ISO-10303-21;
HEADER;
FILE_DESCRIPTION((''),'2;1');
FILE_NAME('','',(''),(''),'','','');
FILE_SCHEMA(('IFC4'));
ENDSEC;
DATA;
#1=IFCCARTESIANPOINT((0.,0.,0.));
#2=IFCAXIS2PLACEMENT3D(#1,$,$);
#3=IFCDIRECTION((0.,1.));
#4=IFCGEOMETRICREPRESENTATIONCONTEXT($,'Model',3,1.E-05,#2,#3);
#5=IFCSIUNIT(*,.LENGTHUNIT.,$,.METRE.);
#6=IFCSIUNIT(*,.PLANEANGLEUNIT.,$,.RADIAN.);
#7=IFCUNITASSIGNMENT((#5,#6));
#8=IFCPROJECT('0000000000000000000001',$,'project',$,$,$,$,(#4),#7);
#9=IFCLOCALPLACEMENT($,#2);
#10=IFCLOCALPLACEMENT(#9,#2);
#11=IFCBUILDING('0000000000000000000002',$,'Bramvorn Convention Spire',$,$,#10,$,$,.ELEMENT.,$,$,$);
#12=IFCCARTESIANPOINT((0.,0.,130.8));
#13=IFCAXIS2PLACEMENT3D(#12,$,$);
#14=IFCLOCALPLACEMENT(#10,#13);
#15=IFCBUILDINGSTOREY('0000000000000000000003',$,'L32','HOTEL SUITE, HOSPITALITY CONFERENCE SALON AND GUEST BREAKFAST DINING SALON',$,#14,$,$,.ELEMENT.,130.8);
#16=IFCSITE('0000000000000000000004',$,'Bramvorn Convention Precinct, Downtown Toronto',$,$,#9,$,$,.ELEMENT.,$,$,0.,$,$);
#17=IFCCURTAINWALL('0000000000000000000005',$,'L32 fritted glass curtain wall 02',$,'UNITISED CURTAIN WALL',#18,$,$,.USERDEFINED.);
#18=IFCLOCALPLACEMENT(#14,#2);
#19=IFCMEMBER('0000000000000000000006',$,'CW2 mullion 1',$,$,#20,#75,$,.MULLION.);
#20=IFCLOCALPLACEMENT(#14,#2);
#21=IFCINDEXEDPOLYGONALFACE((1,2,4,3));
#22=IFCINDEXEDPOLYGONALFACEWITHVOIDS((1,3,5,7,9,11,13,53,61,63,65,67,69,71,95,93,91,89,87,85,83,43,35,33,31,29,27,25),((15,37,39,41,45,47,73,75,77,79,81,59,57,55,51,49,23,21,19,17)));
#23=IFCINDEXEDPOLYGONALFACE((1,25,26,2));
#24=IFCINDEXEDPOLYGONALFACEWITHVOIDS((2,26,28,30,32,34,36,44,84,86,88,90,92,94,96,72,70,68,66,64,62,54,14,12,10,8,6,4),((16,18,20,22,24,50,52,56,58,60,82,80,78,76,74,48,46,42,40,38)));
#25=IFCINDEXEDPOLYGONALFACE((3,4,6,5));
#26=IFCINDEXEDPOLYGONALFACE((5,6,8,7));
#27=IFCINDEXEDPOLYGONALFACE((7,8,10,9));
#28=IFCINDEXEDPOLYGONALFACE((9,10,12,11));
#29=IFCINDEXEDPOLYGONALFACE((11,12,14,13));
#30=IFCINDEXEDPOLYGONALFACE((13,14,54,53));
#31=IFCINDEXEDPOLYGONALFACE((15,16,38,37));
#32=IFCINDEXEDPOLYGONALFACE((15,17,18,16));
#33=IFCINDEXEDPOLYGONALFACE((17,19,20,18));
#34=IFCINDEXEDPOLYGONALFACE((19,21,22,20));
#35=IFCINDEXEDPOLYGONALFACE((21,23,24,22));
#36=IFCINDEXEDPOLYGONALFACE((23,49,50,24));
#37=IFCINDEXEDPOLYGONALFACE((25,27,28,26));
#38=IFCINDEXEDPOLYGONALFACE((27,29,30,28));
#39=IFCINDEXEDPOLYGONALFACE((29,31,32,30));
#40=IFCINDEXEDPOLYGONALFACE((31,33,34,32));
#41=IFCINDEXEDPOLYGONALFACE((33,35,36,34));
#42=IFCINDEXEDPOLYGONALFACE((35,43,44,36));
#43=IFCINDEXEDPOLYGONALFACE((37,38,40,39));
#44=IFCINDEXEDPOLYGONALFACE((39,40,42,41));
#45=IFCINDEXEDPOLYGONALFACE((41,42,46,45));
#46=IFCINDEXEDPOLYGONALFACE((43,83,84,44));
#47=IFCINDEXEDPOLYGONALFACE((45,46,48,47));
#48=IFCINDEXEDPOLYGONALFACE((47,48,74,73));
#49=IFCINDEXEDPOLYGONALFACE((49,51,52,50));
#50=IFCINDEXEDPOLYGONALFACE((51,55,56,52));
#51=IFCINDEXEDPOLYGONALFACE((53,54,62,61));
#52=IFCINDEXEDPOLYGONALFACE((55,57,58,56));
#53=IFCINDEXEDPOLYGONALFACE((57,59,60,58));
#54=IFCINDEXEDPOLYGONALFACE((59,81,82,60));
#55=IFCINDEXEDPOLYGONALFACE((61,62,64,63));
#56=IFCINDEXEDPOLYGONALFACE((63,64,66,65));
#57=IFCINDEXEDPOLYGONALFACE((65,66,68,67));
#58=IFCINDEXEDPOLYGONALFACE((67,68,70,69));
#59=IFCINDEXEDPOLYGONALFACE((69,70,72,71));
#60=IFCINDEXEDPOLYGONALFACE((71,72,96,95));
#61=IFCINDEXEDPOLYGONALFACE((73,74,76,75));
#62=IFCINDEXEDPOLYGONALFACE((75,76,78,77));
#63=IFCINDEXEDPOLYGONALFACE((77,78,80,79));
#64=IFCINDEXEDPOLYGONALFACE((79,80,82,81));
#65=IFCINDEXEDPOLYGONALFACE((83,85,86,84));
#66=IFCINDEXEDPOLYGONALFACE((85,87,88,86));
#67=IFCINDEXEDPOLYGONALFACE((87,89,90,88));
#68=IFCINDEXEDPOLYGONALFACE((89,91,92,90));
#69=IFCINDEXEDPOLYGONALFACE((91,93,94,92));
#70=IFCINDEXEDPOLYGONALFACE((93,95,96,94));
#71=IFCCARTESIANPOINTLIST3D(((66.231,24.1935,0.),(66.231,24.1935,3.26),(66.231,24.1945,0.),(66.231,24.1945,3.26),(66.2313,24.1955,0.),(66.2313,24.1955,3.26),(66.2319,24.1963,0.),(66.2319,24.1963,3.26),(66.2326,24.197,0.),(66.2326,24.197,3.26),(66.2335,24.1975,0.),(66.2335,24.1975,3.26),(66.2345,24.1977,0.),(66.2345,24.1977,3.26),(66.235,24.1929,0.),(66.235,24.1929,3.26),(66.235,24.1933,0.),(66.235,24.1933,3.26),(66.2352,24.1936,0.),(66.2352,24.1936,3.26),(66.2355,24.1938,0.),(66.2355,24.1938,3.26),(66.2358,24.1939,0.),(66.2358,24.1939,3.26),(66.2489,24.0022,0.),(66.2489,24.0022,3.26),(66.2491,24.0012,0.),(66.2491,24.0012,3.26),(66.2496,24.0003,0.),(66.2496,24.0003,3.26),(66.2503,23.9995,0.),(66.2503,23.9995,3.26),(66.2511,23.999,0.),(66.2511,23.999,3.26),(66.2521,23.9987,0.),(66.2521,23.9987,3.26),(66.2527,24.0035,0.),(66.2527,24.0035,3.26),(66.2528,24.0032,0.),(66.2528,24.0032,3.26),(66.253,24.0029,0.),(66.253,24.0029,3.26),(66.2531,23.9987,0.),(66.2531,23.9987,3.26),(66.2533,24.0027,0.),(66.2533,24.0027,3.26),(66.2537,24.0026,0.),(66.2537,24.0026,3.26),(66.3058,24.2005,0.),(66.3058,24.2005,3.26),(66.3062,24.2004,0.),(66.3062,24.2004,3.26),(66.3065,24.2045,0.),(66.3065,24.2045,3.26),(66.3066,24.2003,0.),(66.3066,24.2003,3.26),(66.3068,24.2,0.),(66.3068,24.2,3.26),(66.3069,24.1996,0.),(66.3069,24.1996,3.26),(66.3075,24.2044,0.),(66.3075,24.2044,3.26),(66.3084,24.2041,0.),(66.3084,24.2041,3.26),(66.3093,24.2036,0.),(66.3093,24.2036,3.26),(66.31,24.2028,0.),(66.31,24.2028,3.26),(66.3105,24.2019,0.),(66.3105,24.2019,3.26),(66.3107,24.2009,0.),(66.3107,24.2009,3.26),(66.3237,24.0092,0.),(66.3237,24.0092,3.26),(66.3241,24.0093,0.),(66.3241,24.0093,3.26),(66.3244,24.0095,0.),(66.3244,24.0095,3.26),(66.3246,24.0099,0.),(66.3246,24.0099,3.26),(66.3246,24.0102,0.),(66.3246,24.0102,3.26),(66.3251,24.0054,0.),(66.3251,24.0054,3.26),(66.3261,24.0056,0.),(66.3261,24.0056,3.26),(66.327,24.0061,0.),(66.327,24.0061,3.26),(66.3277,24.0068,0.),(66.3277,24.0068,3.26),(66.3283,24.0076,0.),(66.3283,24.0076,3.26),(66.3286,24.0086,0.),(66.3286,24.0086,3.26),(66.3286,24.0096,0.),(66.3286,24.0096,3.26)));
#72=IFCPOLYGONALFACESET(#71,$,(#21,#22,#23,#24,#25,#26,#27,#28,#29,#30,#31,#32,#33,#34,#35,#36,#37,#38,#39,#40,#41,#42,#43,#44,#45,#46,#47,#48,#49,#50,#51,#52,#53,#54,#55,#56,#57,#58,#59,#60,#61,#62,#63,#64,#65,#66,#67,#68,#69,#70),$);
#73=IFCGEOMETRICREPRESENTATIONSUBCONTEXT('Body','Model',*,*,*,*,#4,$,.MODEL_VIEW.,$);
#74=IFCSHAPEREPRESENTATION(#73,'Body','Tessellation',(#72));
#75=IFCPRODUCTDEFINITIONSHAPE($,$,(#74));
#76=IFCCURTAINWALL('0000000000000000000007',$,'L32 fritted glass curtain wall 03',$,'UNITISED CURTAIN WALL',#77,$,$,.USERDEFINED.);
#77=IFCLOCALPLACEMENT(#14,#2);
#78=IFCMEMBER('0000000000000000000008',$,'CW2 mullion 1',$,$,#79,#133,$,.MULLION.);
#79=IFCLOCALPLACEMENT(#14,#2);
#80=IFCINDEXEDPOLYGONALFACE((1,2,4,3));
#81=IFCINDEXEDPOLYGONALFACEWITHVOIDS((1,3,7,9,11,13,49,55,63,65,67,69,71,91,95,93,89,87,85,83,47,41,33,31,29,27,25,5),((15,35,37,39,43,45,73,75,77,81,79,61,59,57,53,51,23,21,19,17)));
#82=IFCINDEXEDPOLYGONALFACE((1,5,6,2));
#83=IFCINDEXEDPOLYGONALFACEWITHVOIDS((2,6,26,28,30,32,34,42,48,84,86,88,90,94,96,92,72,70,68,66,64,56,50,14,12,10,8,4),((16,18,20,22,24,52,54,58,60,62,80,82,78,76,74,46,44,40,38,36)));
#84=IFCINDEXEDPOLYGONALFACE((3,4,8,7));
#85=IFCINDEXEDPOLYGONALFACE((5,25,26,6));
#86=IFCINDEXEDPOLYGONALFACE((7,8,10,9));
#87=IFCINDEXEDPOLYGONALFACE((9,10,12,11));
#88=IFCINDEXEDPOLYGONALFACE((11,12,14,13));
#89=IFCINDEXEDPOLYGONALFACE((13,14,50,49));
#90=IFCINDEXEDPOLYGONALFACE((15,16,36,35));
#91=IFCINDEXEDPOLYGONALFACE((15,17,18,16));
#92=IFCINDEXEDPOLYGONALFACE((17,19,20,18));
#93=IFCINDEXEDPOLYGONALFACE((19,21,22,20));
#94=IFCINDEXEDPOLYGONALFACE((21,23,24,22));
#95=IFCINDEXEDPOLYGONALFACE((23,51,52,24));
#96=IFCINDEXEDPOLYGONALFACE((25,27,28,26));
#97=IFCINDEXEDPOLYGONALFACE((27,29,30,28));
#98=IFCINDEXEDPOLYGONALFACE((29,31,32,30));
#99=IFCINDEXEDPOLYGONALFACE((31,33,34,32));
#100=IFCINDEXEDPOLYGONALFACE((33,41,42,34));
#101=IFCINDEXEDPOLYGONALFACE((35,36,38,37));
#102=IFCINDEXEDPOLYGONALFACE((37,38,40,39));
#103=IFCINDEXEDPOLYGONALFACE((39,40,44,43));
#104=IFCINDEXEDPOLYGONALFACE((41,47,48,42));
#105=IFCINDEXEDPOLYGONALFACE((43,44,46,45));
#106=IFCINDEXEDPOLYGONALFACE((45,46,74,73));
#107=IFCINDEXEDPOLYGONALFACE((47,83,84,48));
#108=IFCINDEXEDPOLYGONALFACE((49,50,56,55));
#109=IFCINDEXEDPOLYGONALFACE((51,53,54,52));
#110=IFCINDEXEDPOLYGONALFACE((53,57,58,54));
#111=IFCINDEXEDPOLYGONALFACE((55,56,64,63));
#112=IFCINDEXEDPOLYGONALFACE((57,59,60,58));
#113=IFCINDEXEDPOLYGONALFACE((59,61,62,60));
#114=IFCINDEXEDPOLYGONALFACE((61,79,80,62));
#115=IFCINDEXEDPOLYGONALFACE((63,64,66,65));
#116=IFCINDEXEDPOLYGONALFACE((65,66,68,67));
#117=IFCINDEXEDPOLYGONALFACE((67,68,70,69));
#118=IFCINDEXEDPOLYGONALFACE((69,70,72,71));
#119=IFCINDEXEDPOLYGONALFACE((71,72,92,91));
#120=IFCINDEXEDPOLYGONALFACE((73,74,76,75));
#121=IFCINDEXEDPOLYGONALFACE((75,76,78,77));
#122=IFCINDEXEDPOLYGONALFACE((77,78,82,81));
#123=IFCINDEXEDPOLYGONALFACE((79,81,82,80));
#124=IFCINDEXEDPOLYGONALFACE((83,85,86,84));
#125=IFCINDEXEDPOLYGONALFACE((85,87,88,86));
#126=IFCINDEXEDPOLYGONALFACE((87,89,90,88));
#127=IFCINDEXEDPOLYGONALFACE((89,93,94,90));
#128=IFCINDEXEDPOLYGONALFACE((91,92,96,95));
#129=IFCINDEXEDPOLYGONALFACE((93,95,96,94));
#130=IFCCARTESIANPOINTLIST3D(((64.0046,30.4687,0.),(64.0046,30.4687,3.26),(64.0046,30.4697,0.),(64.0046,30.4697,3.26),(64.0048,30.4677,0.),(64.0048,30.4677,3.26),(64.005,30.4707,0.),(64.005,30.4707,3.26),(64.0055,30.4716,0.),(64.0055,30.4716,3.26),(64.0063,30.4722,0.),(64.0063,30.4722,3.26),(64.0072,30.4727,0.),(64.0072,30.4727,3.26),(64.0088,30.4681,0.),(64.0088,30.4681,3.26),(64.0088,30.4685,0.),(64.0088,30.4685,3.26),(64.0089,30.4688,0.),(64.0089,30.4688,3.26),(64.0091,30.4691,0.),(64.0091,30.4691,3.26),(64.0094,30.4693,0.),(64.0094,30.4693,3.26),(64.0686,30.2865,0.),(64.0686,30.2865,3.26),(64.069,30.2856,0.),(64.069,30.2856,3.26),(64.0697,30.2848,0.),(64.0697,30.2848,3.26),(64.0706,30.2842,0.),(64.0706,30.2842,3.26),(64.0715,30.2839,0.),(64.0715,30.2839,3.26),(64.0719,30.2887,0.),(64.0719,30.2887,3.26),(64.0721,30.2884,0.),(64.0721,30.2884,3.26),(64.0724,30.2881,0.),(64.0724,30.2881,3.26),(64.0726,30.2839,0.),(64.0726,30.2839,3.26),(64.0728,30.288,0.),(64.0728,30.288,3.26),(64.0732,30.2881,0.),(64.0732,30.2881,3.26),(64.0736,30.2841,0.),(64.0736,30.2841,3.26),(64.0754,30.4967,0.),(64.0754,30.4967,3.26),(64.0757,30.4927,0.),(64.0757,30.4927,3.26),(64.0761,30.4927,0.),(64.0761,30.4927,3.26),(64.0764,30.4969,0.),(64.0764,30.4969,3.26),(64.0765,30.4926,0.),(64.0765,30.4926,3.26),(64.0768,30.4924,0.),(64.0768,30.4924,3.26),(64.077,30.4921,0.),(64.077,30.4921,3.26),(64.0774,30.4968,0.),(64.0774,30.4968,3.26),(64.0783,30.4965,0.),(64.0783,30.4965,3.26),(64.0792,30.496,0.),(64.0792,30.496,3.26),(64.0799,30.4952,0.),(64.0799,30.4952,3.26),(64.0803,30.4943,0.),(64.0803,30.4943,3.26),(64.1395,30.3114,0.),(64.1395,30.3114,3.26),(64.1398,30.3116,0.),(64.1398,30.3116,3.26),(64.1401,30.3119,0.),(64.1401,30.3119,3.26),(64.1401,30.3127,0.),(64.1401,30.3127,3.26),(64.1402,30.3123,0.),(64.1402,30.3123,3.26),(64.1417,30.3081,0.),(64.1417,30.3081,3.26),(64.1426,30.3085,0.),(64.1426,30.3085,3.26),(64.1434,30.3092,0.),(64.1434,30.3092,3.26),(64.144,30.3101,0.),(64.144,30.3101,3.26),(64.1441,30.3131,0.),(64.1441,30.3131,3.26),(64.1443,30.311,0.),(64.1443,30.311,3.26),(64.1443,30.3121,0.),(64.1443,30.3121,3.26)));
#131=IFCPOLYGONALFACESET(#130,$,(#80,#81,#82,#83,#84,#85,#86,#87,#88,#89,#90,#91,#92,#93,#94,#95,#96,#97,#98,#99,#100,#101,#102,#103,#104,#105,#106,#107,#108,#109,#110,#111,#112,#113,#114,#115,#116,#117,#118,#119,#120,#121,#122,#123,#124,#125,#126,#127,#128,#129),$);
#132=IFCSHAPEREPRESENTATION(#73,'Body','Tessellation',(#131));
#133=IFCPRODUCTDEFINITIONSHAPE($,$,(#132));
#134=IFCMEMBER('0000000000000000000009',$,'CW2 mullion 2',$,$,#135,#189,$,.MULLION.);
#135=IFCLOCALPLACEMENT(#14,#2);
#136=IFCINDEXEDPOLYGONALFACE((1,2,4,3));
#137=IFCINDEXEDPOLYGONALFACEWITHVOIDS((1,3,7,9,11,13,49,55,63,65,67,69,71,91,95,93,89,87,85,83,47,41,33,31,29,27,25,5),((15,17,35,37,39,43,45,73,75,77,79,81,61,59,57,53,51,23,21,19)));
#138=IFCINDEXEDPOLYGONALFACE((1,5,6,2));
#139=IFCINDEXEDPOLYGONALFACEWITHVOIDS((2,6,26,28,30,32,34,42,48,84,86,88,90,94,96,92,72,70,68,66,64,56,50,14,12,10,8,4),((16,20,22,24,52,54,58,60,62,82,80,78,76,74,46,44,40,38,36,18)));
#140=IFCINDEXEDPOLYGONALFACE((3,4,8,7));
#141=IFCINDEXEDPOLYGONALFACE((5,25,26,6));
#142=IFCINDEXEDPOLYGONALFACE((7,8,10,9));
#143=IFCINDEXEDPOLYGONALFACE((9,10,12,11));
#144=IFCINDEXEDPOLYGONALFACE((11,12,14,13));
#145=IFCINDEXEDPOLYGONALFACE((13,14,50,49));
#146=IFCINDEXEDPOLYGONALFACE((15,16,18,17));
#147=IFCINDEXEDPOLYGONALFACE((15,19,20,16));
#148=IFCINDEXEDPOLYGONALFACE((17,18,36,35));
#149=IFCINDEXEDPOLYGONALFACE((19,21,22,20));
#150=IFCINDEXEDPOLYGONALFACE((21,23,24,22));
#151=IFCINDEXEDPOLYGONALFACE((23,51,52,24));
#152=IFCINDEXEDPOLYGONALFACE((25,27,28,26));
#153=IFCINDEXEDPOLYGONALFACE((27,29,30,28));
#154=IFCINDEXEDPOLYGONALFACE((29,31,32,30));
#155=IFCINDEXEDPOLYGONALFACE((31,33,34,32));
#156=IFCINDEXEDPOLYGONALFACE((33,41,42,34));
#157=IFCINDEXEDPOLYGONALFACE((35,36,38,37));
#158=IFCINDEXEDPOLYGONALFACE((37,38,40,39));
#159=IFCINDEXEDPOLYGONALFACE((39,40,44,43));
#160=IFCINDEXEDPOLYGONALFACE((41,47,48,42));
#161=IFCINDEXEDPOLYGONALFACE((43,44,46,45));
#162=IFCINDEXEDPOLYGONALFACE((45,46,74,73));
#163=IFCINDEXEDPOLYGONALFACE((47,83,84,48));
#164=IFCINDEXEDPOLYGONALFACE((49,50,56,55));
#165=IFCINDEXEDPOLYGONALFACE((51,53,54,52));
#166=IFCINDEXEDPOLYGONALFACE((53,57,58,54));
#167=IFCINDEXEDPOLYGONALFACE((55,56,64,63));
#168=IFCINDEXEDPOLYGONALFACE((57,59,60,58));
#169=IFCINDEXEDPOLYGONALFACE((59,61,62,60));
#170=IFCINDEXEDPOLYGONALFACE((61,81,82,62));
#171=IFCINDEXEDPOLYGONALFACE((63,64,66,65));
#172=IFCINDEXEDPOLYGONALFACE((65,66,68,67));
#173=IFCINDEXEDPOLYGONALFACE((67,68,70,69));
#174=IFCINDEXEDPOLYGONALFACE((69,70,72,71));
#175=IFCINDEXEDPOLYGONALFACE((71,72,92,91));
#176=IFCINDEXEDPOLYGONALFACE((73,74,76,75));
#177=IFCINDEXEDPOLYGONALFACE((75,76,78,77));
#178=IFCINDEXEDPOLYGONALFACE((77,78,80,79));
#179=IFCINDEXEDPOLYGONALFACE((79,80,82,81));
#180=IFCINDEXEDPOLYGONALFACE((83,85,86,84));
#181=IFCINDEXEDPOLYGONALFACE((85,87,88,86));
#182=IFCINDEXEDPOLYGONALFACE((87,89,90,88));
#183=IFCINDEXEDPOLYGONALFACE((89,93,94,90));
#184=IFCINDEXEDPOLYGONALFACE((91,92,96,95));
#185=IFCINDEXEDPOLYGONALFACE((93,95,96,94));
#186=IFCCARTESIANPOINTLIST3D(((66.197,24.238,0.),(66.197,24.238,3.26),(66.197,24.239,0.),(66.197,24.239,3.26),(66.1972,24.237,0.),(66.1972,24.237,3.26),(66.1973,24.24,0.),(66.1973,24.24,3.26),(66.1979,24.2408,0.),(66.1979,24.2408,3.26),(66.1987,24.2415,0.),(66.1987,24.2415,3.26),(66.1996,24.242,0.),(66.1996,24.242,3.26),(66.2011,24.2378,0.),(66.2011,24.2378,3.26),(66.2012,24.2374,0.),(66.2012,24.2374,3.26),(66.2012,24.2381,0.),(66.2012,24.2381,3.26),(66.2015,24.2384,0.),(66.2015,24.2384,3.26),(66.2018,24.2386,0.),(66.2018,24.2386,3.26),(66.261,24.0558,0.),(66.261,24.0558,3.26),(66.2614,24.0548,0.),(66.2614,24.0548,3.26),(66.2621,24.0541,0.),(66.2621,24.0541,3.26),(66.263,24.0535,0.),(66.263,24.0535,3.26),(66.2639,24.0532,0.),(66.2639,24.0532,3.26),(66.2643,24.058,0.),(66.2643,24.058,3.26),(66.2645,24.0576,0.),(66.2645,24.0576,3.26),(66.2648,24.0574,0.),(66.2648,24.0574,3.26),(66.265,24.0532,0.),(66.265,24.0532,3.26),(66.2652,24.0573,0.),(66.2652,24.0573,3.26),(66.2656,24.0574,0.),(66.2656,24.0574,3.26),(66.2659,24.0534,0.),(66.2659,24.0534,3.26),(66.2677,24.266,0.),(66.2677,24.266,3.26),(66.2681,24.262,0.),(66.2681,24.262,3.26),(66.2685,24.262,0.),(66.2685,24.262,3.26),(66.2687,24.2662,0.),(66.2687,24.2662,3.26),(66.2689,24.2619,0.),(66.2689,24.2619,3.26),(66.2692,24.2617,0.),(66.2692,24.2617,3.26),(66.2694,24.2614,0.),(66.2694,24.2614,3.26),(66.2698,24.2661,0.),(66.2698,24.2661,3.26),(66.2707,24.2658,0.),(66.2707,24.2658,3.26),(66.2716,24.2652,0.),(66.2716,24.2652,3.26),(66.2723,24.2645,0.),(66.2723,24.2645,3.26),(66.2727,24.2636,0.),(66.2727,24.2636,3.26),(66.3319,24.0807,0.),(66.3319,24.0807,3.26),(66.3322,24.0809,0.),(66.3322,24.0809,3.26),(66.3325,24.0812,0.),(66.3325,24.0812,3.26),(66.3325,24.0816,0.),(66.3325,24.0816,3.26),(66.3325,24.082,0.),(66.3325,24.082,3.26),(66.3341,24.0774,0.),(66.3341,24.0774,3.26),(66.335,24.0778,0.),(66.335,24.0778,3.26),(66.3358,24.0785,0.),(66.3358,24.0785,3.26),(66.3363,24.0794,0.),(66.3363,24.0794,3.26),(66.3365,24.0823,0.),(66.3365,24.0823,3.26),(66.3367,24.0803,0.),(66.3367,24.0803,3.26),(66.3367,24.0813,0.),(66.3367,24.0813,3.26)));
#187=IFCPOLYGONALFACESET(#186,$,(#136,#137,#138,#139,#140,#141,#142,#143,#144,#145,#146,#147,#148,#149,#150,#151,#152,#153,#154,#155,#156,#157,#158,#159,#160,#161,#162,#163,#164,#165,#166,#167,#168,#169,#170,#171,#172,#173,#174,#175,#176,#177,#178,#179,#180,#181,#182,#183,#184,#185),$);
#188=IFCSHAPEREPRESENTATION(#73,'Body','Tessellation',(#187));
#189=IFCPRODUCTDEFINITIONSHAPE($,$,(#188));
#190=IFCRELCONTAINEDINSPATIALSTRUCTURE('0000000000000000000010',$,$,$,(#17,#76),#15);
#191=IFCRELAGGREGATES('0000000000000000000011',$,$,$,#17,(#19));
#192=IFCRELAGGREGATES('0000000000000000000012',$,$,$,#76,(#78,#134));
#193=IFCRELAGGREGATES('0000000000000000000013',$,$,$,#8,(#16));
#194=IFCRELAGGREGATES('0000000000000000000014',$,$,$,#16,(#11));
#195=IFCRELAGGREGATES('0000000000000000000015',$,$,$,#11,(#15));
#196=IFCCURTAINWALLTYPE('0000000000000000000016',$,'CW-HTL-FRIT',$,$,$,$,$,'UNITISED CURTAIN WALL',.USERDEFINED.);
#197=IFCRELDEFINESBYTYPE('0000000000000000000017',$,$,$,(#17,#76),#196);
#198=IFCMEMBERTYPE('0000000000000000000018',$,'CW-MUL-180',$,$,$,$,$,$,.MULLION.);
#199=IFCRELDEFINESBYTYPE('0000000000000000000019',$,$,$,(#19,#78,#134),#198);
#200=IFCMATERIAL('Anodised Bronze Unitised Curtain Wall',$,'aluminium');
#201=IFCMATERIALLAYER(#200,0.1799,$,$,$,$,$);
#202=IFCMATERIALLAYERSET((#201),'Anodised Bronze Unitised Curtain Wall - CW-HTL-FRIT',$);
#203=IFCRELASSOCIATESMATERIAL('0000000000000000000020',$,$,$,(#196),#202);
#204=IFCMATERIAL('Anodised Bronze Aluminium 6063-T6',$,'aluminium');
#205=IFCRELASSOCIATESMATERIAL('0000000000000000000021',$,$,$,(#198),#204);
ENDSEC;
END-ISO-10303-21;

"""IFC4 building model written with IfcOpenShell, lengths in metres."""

from ifc_helpers import new_model, si_unit, direction, frame, origin, origin_2d, place, context, subcontext, project, spatial, hollow_rectangle, extrude, material, layer, layer_set, material_profile, profile_set, type_object, element, aggregate, save


model = new_model("IFC4")

# Units and contexts
model_context = context("Model", 3, precision=1e-05, world=origin(), true_north=direction((0.0, 1.0)))
body_context = subcontext(model_context, "Body", "Model", "MODEL_VIEW")
ifc_project = project(units=[si_unit("LENGTHUNIT", "METRE"), si_unit("PLANEANGLEUNIT", "RADIAN")], contexts=[model_context])

# Site, building, storey
site_placement = place(None, origin())
site = spatial("IfcSite", under=ifc_project, at=site_placement, Name="Bramvorn Convention Precinct, Downtown Toronto", CompositionType="ELEMENT", RefElevation=0.0)
building_placement = place(site_placement, origin())
building = spatial("IfcBuilding", under=site, at=building_placement, Name="Bramvorn Convention Spire", CompositionType="ELEMENT")
storey_placement = place(building_placement, frame((0.0, 0.0, 130.8)))
storey = spatial("IfcBuildingStorey", under=building, at=storey_placement, Name="L32", Description="HOTEL SUITE, HOSPITALITY CONFERENCE SALON AND GUEST BREAKFAST DINING SALON", CompositionType="ELEMENT", Elevation=130.8)

# Curtain wall, member
ifc_material_1 = material(Name="Anodised Bronze Unitised Curtain Wall", Category="aluminium")
ifc_layer_1 = layer(ifc_material_1, 0.1799)
ifc_layer_set_1 = layer_set([ifc_layer_1], Name="Anodised Bronze Unitised Curtain Wall - CW-HTL-FRIT")
curtain_wall_type = type_object("IfcCurtainWallType", Name="CW-HTL-FRIT", ElementType="UNITISED CURTAIN WALL", PredefinedType="USERDEFINED", material=ifc_layer_set_1)
curtain_wall_1_placement = place(storey_placement, origin())
curtain_wall_1 = element("IfcCurtainWall", 1, at=curtain_wall_1_placement, inside=storey, type_object=curtain_wall_type, Name="L32 fritted glass curtain wall 02", ObjectType="UNITISED CURTAIN WALL", PredefinedType="USERDEFINED")
ifc_material_2 = material(Name="Anodised Bronze Aluminium 6063-T6", Category="aluminium")
ifc_material_profile_1 = material_profile(ifc_material_2, hollow_rectangle(XDim=0.0801, YDim=0.2, WallThickness=0.0039, InnerFilletRadius=0.001, OuterFilletRadius=0.0039, at=origin_2d()))
ifc_profile_set_1 = profile_set([ifc_material_profile_1], Name="Anodised Bronze Aluminium 6063-T6 - CWM80X200")
member_type_1 = type_object("IfcMemberType", Name="CW-MUL-180", PredefinedType="MULLION", material=ifc_profile_set_1)
member_1_placement = place(storey_placement, frame((66.2798, 24.1016, 0.0), z_axis=(0.0, 0.0, 1.0), x_axis=(0.995655, 0.093118, 0.0)))
member_1 = element("IfcMember", 2, at=member_1_placement, type_object=member_type_1, Name="CW2 mullion 1", PredefinedType="MULLION", context=body_context, shape_type="SweptSolid", body=[
    extrude(hollow_rectangle(XDim=0.0801, YDim=0.2, WallThickness=0.0039, InnerFilletRadius=0.001, OuterFilletRadius=0.0039, at=origin_2d()), origin(), (0.0, 0.0, 1.0), 3.26),
])

# Curtain wall, members
curtain_wall_2_placement = place(storey_placement, origin())
curtain_wall_2 = element("IfcCurtainWall", 3, at=curtain_wall_2_placement, inside=storey, type_object=curtain_wall_type, Name="L32 fritted glass curtain wall 03", ObjectType="UNITISED CURTAIN WALL", PredefinedType="USERDEFINED")
member_2_placement = place(storey_placement, frame((64.0745, 30.3904, 0.0), z_axis=(0.0, 0.0, 1.0), x_axis=(0.943297, 0.331951, 0.0)))
member_2 = element("IfcMember", 4, at=member_2_placement, type_object=member_type_1, Name="CW2 mullion 1", PredefinedType="MULLION", context=body_context, shape_type="SweptSolid", body=[
    extrude(hollow_rectangle(XDim=0.0801, YDim=0.2, WallThickness=0.0039, InnerFilletRadius=0.001, OuterFilletRadius=0.0039, at=origin_2d()), origin(), (0.0, 0.0, 1.0), 3.26),
])
member_3_placement = place(storey_placement, frame((66.2668, 24.1597, 0.0), z_axis=(0.0, 0.0, 1.0), x_axis=(0.943297, 0.331951, 0.0)))
member_3 = element("IfcMember", 5, at=member_3_placement, type_object=member_type_1, Name="CW2 mullion 2", PredefinedType="MULLION", context=body_context, shape_type="SweptSolid", body=[
    extrude(hollow_rectangle(XDim=0.0801, YDim=0.2, WallThickness=0.0039, InnerFilletRadius=0.001, OuterFilletRadius=0.0039, at=origin_2d()), origin(), (0.0, 0.0, 1.0), 3.26),
])

aggregate(curtain_wall_1, [member_1])

aggregate(curtain_wall_2, [member_2, member_3])

save(model, "model.ifc")
